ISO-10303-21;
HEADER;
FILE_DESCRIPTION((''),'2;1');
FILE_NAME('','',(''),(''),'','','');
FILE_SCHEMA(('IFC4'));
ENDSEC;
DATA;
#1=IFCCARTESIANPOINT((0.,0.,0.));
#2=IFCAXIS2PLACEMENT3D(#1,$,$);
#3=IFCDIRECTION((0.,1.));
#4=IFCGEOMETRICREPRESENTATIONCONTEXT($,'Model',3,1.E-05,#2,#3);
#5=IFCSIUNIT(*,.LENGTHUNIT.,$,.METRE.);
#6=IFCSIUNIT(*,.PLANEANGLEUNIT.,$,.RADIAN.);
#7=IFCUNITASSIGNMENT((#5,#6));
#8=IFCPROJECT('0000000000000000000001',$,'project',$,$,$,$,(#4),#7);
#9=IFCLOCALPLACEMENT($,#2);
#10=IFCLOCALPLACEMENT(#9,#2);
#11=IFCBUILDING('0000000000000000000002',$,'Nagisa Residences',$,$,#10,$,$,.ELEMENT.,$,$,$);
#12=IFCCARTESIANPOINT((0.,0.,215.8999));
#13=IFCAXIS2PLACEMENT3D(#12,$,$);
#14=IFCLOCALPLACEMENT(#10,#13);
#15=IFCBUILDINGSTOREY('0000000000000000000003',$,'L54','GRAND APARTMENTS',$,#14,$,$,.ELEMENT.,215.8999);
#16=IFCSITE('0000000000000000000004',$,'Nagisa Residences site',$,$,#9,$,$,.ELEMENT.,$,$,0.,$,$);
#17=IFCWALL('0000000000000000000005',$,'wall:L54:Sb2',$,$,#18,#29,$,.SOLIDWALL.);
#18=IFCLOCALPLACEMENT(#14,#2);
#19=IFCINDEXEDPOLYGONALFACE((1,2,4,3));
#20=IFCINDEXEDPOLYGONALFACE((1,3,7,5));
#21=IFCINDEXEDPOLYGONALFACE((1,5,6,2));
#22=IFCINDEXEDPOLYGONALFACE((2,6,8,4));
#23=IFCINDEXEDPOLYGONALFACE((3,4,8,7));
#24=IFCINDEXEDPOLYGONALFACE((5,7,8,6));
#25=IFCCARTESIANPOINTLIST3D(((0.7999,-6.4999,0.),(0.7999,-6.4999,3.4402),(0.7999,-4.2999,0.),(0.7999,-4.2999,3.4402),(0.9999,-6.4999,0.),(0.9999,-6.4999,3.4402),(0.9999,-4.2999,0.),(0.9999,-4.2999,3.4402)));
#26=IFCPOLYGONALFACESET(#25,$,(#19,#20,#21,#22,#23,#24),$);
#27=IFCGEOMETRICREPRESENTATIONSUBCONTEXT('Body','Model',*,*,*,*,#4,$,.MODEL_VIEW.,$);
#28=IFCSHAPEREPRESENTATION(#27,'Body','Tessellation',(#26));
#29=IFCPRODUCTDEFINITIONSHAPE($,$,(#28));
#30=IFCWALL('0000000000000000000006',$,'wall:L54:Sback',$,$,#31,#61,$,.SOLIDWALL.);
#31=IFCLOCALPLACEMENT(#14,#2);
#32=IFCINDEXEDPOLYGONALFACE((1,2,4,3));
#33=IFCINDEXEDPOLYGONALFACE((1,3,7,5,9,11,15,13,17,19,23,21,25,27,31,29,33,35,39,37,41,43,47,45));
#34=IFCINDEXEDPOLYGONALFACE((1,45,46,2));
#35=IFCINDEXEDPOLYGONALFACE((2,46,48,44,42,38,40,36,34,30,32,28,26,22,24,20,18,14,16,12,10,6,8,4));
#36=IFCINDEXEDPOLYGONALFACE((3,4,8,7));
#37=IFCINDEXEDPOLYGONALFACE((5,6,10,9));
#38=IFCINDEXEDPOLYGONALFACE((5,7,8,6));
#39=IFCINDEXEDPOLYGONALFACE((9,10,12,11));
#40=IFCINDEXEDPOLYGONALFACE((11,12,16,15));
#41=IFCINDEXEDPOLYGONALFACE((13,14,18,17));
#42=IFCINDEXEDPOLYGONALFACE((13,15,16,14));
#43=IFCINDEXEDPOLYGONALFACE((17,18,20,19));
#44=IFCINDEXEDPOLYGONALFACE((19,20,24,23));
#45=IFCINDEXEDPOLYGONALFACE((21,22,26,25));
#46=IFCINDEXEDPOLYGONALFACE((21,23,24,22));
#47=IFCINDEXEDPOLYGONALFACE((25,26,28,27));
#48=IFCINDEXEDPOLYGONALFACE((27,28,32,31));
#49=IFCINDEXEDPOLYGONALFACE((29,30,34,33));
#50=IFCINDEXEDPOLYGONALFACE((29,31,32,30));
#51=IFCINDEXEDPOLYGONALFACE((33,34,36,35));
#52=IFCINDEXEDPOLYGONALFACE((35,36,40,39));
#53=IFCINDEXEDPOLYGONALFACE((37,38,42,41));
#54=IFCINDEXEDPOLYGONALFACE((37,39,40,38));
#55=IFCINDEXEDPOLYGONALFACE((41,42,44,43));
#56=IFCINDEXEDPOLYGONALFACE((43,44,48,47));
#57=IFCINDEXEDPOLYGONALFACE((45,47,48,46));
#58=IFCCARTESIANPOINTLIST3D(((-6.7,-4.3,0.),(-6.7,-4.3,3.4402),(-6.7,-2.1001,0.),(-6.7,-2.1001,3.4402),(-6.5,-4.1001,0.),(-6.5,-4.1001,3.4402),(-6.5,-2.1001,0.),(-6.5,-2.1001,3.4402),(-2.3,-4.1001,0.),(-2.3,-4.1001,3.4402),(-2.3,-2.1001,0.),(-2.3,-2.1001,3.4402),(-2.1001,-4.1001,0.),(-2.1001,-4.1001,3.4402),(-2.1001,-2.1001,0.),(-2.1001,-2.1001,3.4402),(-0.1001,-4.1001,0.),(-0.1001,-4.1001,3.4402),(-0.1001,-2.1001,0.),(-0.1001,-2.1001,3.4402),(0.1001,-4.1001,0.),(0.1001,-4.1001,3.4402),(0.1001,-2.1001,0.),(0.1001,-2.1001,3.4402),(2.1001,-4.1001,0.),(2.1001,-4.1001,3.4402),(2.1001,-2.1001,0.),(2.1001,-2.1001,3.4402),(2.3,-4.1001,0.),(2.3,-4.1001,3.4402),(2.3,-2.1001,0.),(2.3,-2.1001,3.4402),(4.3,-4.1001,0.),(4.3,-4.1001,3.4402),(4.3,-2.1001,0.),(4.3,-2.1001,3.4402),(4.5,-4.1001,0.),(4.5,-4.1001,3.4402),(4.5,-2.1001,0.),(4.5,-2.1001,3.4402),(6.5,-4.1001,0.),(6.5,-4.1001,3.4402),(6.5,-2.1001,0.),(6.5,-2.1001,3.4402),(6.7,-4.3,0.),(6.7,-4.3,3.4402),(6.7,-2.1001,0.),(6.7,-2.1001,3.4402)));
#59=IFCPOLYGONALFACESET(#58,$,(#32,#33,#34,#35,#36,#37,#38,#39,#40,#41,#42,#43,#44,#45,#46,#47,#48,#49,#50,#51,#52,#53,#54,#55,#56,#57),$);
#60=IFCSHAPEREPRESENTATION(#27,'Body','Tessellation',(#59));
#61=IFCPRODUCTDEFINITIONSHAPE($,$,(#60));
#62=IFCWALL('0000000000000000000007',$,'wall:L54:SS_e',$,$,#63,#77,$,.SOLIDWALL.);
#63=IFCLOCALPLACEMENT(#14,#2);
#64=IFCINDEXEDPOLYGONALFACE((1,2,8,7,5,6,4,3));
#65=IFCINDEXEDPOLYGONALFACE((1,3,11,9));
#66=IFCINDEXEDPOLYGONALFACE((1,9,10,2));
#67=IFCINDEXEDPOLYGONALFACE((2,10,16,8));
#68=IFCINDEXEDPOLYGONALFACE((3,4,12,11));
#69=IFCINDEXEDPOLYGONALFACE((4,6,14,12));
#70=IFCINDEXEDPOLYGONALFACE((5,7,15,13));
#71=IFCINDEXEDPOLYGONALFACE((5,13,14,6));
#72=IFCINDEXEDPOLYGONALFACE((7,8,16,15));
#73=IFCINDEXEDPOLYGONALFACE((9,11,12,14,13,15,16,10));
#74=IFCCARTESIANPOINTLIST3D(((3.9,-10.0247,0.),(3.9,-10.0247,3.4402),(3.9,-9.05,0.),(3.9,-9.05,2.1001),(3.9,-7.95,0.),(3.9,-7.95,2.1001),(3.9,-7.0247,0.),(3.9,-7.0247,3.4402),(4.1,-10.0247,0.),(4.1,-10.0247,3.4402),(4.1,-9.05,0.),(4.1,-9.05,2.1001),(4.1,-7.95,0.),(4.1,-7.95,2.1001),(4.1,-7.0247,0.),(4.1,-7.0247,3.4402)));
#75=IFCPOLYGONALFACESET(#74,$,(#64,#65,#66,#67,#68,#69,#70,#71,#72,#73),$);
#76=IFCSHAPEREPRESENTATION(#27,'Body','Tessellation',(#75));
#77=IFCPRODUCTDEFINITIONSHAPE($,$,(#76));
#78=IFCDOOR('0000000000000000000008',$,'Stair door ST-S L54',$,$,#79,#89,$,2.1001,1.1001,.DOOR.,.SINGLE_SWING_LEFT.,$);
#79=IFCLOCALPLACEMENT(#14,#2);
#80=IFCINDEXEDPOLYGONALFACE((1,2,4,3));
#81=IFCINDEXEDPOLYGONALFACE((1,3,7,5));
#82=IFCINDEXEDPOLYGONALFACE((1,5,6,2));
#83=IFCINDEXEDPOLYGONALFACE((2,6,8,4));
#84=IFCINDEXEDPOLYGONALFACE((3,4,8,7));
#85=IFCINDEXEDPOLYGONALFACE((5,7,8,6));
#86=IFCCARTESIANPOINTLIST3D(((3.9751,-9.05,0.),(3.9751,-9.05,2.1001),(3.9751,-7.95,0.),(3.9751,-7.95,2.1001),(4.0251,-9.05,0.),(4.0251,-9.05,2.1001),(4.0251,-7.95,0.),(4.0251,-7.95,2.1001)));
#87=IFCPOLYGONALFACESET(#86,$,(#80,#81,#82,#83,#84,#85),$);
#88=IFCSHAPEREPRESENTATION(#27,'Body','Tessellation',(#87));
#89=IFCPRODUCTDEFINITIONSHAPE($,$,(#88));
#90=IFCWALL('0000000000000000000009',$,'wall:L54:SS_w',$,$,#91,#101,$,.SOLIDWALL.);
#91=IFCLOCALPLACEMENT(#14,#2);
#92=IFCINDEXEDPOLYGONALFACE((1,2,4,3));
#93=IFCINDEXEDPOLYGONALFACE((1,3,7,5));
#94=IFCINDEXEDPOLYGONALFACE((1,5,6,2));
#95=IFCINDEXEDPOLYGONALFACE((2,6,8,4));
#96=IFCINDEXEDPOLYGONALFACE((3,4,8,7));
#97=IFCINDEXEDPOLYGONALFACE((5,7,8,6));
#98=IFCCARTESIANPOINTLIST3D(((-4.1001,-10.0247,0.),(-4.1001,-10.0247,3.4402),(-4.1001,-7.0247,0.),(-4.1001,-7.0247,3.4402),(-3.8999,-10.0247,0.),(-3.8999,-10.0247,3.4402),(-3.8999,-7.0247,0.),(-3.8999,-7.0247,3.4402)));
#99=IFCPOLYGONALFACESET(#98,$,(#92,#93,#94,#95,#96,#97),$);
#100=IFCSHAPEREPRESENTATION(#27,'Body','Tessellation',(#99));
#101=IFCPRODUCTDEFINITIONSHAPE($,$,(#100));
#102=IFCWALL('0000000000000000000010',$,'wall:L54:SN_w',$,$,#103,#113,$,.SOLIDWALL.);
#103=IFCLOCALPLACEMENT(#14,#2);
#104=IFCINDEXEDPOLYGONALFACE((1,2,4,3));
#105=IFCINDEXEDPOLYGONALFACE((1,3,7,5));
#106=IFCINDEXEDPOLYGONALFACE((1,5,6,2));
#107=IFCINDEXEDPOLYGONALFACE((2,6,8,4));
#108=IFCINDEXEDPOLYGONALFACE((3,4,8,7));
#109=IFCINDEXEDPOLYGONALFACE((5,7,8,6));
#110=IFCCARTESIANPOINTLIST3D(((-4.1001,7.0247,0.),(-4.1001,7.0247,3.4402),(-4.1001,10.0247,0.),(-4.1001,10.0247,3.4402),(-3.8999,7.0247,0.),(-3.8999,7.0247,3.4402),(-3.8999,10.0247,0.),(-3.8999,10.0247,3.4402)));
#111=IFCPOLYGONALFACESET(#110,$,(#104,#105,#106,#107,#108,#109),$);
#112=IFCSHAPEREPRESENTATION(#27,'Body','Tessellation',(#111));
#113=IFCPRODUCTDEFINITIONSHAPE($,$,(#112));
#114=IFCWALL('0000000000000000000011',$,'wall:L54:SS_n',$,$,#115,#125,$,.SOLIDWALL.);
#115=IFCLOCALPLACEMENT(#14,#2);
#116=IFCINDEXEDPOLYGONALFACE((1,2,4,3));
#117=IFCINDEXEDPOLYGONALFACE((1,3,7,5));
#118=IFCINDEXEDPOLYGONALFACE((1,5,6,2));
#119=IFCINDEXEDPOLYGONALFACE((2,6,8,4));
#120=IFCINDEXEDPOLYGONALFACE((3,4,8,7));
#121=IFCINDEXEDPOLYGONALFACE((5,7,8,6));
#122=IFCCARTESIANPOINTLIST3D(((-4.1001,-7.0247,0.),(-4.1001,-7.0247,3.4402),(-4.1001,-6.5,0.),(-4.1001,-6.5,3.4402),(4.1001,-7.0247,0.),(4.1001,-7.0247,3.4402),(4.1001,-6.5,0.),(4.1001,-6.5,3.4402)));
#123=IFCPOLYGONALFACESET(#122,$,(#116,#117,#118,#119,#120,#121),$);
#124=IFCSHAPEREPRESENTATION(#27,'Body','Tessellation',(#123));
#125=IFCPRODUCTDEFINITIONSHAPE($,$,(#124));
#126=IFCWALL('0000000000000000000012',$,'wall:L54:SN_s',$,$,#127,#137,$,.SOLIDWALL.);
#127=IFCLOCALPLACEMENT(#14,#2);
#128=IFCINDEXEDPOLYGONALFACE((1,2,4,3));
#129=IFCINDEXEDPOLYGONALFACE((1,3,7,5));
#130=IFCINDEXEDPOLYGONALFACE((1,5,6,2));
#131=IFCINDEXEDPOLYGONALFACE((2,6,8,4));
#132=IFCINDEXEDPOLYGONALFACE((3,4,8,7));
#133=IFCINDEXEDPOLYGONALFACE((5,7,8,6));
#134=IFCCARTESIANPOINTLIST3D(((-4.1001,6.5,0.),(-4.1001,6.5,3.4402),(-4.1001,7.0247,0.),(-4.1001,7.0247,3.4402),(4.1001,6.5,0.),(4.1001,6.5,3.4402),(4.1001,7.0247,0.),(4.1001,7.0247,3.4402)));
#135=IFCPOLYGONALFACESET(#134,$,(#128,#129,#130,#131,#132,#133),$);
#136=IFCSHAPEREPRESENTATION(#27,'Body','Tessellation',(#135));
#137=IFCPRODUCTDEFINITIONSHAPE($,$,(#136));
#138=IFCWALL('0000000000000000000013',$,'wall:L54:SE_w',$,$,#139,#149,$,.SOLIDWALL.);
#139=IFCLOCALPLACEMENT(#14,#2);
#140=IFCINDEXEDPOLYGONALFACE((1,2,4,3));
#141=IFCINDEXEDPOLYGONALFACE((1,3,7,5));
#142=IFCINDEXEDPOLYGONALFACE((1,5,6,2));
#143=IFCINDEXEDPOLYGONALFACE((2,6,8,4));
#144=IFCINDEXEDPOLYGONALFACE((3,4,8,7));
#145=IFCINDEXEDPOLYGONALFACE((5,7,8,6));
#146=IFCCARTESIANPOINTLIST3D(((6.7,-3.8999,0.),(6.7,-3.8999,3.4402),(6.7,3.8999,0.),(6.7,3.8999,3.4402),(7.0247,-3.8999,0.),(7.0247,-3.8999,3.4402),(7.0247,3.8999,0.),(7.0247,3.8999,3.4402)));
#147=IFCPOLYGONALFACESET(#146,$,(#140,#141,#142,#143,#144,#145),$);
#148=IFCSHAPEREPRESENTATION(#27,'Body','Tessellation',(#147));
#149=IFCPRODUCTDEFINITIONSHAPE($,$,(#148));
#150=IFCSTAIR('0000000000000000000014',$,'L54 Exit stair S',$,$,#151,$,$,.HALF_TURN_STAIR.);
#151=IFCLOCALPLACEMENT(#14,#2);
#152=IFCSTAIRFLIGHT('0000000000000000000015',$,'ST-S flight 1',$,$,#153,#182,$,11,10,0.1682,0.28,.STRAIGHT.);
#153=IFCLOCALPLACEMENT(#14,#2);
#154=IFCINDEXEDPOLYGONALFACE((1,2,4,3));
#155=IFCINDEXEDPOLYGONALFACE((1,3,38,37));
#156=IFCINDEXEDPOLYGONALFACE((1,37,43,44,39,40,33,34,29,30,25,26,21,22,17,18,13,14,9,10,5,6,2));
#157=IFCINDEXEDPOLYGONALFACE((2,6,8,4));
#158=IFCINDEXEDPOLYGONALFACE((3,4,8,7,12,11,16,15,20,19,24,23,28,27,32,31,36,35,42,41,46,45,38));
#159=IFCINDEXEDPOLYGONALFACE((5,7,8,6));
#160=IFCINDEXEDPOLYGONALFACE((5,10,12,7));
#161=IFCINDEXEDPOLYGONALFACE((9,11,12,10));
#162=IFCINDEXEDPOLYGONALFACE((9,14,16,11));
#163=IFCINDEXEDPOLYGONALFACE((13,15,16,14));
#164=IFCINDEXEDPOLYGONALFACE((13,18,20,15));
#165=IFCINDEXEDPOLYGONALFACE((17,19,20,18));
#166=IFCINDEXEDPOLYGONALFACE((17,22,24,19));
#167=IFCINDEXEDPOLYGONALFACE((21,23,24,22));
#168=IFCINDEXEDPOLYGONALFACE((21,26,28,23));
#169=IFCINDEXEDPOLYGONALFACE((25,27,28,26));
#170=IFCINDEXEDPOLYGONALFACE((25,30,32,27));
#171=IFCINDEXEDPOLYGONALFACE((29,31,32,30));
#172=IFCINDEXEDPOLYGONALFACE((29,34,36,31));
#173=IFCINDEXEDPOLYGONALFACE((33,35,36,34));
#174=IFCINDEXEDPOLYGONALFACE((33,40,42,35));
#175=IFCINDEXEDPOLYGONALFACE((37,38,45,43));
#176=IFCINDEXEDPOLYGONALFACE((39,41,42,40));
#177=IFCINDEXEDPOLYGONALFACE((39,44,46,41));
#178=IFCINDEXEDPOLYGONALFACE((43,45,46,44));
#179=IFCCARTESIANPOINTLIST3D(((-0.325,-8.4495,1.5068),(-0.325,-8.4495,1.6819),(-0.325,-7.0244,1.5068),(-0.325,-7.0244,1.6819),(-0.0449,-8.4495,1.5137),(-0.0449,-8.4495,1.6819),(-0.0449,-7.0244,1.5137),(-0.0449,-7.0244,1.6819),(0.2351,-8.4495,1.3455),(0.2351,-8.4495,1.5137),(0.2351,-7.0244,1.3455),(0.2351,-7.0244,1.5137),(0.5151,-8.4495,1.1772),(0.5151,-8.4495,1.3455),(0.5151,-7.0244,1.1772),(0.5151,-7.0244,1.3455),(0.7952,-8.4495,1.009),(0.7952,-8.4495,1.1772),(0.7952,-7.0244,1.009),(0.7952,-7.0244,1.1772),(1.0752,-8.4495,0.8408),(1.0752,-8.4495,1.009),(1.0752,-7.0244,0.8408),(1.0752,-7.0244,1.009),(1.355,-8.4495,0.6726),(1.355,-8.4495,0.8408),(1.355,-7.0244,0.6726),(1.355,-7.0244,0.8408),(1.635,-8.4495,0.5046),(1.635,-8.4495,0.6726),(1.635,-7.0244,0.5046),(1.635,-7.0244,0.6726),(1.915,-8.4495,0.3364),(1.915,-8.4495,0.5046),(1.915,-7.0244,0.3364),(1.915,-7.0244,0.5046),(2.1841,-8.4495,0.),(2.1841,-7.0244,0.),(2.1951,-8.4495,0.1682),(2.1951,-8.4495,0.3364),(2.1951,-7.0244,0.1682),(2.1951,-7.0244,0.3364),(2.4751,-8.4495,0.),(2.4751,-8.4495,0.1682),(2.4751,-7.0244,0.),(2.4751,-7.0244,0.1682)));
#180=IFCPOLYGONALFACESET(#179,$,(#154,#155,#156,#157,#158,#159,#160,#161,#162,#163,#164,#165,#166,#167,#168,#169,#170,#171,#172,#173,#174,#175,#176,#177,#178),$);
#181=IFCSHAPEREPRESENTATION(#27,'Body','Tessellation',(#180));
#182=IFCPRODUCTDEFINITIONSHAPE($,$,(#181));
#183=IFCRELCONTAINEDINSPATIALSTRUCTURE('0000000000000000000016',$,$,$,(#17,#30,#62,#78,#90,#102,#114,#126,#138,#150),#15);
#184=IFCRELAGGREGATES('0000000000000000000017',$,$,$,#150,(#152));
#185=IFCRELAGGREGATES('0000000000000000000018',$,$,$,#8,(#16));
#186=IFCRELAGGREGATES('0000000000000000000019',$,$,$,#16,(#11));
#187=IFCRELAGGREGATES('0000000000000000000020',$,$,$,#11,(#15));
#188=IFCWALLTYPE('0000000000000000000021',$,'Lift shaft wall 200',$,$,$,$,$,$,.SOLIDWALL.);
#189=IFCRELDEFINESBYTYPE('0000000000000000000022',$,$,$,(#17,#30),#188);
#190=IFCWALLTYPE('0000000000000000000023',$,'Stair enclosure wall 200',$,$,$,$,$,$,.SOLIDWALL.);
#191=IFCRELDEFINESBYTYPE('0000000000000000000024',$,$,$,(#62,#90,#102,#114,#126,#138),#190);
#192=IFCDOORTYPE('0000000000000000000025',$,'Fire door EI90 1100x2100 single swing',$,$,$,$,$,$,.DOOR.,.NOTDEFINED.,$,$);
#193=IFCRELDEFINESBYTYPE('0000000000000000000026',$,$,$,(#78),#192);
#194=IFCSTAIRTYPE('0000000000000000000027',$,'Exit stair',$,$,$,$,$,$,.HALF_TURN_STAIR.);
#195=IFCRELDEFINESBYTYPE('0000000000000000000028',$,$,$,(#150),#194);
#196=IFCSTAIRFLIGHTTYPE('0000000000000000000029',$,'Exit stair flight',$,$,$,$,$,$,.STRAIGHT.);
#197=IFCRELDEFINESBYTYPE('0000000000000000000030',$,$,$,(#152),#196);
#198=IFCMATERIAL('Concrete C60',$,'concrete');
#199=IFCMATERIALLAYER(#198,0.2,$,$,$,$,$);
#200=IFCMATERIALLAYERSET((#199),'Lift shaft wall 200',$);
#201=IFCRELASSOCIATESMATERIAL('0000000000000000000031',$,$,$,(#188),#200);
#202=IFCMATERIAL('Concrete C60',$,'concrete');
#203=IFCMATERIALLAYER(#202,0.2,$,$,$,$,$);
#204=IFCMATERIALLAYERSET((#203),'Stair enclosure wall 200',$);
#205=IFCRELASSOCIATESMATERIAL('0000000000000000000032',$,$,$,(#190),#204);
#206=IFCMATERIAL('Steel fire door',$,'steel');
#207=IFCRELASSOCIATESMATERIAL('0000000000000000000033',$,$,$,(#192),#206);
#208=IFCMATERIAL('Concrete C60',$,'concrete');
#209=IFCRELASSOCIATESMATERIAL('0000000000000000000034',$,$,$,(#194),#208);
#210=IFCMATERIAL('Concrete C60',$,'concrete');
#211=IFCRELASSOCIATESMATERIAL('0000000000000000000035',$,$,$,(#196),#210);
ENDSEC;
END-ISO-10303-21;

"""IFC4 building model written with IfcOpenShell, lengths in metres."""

from ifc_helpers import new_model, si_unit, direction, frame, frame_2d, origin, place, context, subcontext, project, spatial, polyline, rectangle, outline, extrude, material, layer, layer_set, type_object, element, fill, aggregate, save


model = new_model("IFC4")

# Units and contexts
model_context = context("Model", 3, precision=1e-05, world=origin(), true_north=direction((0.0, 1.0)))
body_context = subcontext(model_context, "Body", "Model", "MODEL_VIEW")
ifc_project = project(units=[si_unit("LENGTHUNIT", "METRE"), si_unit("PLANEANGLEUNIT", "RADIAN")], contexts=[model_context])

# Site, building, storey
site_placement = place(None, origin())
site = spatial("IfcSite", under=ifc_project, at=site_placement, Name="Nagisa Residences site", CompositionType="ELEMENT", RefElevation=0.0)
building_placement = place(site_placement, origin())
building = spatial("IfcBuilding", under=site, at=building_placement, Name="Nagisa Residences", CompositionType="ELEMENT")
storey_placement = place(building_placement, frame((0.0, 0.0, 215.8999)))
storey = spatial("IfcBuildingStorey", under=building, at=storey_placement, Name="L54", Description="GRAND APARTMENTS", CompositionType="ELEMENT", Elevation=215.8999)

# Shared definitions
ifc_material_1 = material(Name="Concrete C60", Category="concrete")
ifc_layer_1 = layer(ifc_material_1, 0.2)
ifc_layer_set_1 = layer_set([ifc_layer_1], Name="Lift shaft wall 200")
wall_type_1 = type_object("IfcWallType", Name="Lift shaft wall 200", PredefinedType="SOLIDWALL", material=ifc_layer_set_1)

# Walls
wall_1_placement = place(storey_placement, frame((0.8999, -6.5, 0.0), z_axis=(0.0, 0.0, 1.0), x_axis=(0.0, 1.0, 0.0)))
element("IfcWall", 1, at=wall_1_placement, inside=storey, type_object=wall_type_1, Name="wall:L54:Sb2", PredefinedType="SOLIDWALL", context=body_context, shape_type="SweptSolid", body=[
    extrude(rectangle(XDim=2.2, YDim=0.2, at=frame_2d((1.1001, 0.0))), origin(), (0.0, 0.0, 1.0), 3.4402),
])
wall_2_placement = place(storey_placement, origin())
element("IfcWall", 2, at=wall_2_placement, inside=storey, type_object=wall_type_1, Name="wall:L54:Sback", PredefinedType="SOLIDWALL", context=body_context, shape_type="SweptSolid", body=[
    extrude(outline(polyline([(-6.7, -2.1001), (-6.5, -2.1001), (-6.5, -4.1001), (-2.3, -4.1001), (-2.3, -2.1001), (-2.1001, -2.1001), (-2.1001, -4.1001), (-0.1001, -4.1001), (-0.1001, -2.1001), (0.1001, -2.1001), (0.1001, -4.1001), (2.1001, -4.1001), (2.1001, -2.1001), (2.3, -2.1001), (2.3, -4.1001), (4.3, -4.1001), (4.3, -2.1001), (4.5, -2.1001), (4.5, -4.1001), (6.5, -4.1001), (6.5, -2.1001), (6.7, -2.1001), (6.7, -4.3), (-6.7, -4.3), (-6.7, -2.1001)])), origin(), (0.0, 0.0, 1.0), 3.4402),
])

# Wall, opening, door
ifc_material_2 = material(Name="Concrete C60", Category="concrete")
ifc_layer_2 = layer(ifc_material_2, 0.2)
ifc_layer_set_2 = layer_set([ifc_layer_2], Name="Stair enclosure wall 200")
wall_type_2 = type_object("IfcWallType", Name="Stair enclosure wall 200", PredefinedType="SOLIDWALL", material=ifc_layer_set_2)
wall_3_placement = place(storey_placement, frame((4.0, -10.0247, 0.0), z_axis=(0.0, 0.0, 1.0), x_axis=(0.0, 1.0, 0.0)))
wall_3 = element("IfcWall", 3, at=wall_3_placement, inside=storey, type_object=wall_type_2, Name="wall:L54:SS_e", PredefinedType="SOLIDWALL", context=body_context, shape_type="SweptSolid", body=[
    extrude(rectangle(XDim=3.0, YDim=0.2, at=frame_2d((1.5, 0.0))), origin(), (0.0, 0.0, 1.0), 3.4402),
])
opening_1_placement = place(wall_3_placement, frame((0.9746, 0.0, 0.0)))
opening_1 = element("IfcOpeningElement", 4, at=opening_1_placement, cuts=wall_3, PredefinedType="OPENING", context=body_context, shape_type="SweptSolid", body=[
    extrude(rectangle(XDim=1.1001, YDim=2.1001, at=frame_2d((0.55, 1.05))), frame((0.0, 0.1099, 0.0), z_axis=(0.0, -1.0, 0.0), x_axis=(1.0, 0.0, 0.0)), (0.0, 0.0, 1.0), 0.22),
])
ifc_material_3 = material(Name="Steel fire door", Category="steel")
door_type_1 = type_object("IfcDoorType", Name="Fire door EI90 1100x2100 single swing", OperationType="NOTDEFINED", PredefinedType="DOOR", material=ifc_material_3)
door_1_placement = place(opening_1_placement, origin())
door_1 = element("IfcDoor", 5, at=door_1_placement, inside=storey, type_object=door_type_1, Name="Stair door ST-S L54", OperationType="SINGLE_SWING_LEFT", OverallHeight=2.1001, OverallWidth=1.1001, PredefinedType="DOOR", context=body_context, shape_type="SweptSolid", body=[
    extrude(rectangle(XDim=1.1001, YDim=2.1001, at=frame_2d((0.55, 1.05))), frame((0.0, 0.0249, 0.0), z_axis=(0.0, -1.0, 0.0), x_axis=(1.0, 0.0, 0.0)), (0.0, 0.0, 1.0), 0.05),
])
fill(opening_1, door_1)

# Walls
wall_4_placement = place(storey_placement, origin())
element("IfcWall", 6, at=wall_4_placement, inside=storey, type_object=wall_type_2, Name="wall:L54:SS_w", PredefinedType="SOLIDWALL", context=body_context, shape_type="SweptSolid", body=[
    extrude(outline(polyline([(-3.8999, -10.0247), (-4.1001, -10.0247), (-4.1001, -7.0247), (-3.8999, -7.0247), (-3.8999, -10.0247)])), origin(), (0.0, 0.0, 1.0), 3.4402),
])
wall_5_placement = place(storey_placement, origin())
element("IfcWall", 7, at=wall_5_placement, inside=storey, type_object=wall_type_2, Name="wall:L54:SN_w", PredefinedType="SOLIDWALL", context=body_context, shape_type="SweptSolid", body=[
    extrude(outline(polyline([(-3.8999, 7.0247), (-4.1001, 7.0247), (-4.1001, 10.0247), (-3.8999, 10.0247), (-3.8999, 7.0247)])), origin(), (0.0, 0.0, 1.0), 3.4402),
])
wall_6_placement = place(storey_placement, origin())
element("IfcWall", 8, at=wall_6_placement, inside=storey, type_object=wall_type_2, Name="wall:L54:SS_n", PredefinedType="SOLIDWALL", context=body_context, shape_type="SweptSolid", body=[
    extrude(outline(polyline([(4.1001, -7.0247), (-4.1001, -7.0247), (-4.1001, -6.5), (4.1001, -6.5), (4.1001, -7.0247)])), origin(), (0.0, 0.0, 1.0), 3.4402),
])
wall_7_placement = place(storey_placement, origin())
element("IfcWall", 9, at=wall_7_placement, inside=storey, type_object=wall_type_2, Name="wall:L54:SN_s", PredefinedType="SOLIDWALL", context=body_context, shape_type="SweptSolid", body=[
    extrude(outline(polyline([(4.1001, 6.5), (-4.1001, 6.5), (-4.1001, 7.0247), (4.1001, 7.0247), (4.1001, 6.5)])), origin(), (0.0, 0.0, 1.0), 3.4402),
])
wall_8_placement = place(storey_placement, origin())
element("IfcWall", 10, at=wall_8_placement, inside=storey, type_object=wall_type_2, Name="wall:L54:SE_w", PredefinedType="SOLIDWALL", context=body_context, shape_type="SweptSolid", body=[
    extrude(outline(polyline([(7.0247, -3.8999), (6.7, -3.8999), (6.7, 3.8999), (7.0247, 3.8999), (7.0247, -3.8999)])), origin(), (0.0, 0.0, 1.0), 3.4402),
])

# Stair, stair flight
ifc_material_4 = material(Name="Concrete C60", Category="concrete")
stair_type = type_object("IfcStairType", Name="Exit stair", PredefinedType="HALF_TURN_STAIR", material=ifc_material_4)
stair_placement = place(storey_placement, origin())
stair = element("IfcStair", 11, at=stair_placement, inside=storey, type_object=stair_type, Name="L54 Exit stair S", PredefinedType="HALF_TURN_STAIR")
ifc_material_5 = material(Name="Concrete C60", Category="concrete")
stair_flight_type = type_object("IfcStairFlightType", Name="Exit stair flight", PredefinedType="STRAIGHT", material=ifc_material_5)
stair_flight_placement = place(storey_placement, frame((2.4751, -7.7371, 0.0), z_axis=(0.0, 0.0, 1.0), x_axis=(-1.0, 0.0, 0.0)))
stair_flight = element("IfcStairFlight", 12, at=stair_flight_placement, type_object=stair_flight_type, Name="ST-S flight 1", NumberOfRisers=11, NumberOfTreads=10, PredefinedType="STRAIGHT", RiserHeight=0.1682, TreadLength=0.28, context=body_context, shape_type="SweptSolid", body=[
    extrude(outline(polyline([(0.0, 0.0), (0.0, 0.1682), (0.28, 0.1682), (0.28, 0.3364), (0.5601, 0.3364), (0.5601, 0.5046), (0.8401, 0.5046), (0.8401, 0.6726), (1.1201, 0.6726), (1.1201, 0.8408), (1.3999, 0.8408), (1.3999, 1.009), (1.6799, 1.009), (1.6799, 1.1772), (1.96, 1.1772), (1.96, 1.3455), (2.24, 1.3455), (2.24, 1.5137), (2.52, 1.5137), (2.52, 1.6819), (2.8, 1.6819), (2.8, 1.8501), (2.8, 1.5068), (0.291, 0.0), (0.0, 0.0)])), frame((0.0, 0.7124, 0.0), z_axis=(0.0, -1.0, 0.0), x_axis=(1.0, 0.0, 0.0)), (0.0, 0.0, 1.0), 1.425),
])
aggregate(stair, [stair_flight])

save(model, "model.ifc")
